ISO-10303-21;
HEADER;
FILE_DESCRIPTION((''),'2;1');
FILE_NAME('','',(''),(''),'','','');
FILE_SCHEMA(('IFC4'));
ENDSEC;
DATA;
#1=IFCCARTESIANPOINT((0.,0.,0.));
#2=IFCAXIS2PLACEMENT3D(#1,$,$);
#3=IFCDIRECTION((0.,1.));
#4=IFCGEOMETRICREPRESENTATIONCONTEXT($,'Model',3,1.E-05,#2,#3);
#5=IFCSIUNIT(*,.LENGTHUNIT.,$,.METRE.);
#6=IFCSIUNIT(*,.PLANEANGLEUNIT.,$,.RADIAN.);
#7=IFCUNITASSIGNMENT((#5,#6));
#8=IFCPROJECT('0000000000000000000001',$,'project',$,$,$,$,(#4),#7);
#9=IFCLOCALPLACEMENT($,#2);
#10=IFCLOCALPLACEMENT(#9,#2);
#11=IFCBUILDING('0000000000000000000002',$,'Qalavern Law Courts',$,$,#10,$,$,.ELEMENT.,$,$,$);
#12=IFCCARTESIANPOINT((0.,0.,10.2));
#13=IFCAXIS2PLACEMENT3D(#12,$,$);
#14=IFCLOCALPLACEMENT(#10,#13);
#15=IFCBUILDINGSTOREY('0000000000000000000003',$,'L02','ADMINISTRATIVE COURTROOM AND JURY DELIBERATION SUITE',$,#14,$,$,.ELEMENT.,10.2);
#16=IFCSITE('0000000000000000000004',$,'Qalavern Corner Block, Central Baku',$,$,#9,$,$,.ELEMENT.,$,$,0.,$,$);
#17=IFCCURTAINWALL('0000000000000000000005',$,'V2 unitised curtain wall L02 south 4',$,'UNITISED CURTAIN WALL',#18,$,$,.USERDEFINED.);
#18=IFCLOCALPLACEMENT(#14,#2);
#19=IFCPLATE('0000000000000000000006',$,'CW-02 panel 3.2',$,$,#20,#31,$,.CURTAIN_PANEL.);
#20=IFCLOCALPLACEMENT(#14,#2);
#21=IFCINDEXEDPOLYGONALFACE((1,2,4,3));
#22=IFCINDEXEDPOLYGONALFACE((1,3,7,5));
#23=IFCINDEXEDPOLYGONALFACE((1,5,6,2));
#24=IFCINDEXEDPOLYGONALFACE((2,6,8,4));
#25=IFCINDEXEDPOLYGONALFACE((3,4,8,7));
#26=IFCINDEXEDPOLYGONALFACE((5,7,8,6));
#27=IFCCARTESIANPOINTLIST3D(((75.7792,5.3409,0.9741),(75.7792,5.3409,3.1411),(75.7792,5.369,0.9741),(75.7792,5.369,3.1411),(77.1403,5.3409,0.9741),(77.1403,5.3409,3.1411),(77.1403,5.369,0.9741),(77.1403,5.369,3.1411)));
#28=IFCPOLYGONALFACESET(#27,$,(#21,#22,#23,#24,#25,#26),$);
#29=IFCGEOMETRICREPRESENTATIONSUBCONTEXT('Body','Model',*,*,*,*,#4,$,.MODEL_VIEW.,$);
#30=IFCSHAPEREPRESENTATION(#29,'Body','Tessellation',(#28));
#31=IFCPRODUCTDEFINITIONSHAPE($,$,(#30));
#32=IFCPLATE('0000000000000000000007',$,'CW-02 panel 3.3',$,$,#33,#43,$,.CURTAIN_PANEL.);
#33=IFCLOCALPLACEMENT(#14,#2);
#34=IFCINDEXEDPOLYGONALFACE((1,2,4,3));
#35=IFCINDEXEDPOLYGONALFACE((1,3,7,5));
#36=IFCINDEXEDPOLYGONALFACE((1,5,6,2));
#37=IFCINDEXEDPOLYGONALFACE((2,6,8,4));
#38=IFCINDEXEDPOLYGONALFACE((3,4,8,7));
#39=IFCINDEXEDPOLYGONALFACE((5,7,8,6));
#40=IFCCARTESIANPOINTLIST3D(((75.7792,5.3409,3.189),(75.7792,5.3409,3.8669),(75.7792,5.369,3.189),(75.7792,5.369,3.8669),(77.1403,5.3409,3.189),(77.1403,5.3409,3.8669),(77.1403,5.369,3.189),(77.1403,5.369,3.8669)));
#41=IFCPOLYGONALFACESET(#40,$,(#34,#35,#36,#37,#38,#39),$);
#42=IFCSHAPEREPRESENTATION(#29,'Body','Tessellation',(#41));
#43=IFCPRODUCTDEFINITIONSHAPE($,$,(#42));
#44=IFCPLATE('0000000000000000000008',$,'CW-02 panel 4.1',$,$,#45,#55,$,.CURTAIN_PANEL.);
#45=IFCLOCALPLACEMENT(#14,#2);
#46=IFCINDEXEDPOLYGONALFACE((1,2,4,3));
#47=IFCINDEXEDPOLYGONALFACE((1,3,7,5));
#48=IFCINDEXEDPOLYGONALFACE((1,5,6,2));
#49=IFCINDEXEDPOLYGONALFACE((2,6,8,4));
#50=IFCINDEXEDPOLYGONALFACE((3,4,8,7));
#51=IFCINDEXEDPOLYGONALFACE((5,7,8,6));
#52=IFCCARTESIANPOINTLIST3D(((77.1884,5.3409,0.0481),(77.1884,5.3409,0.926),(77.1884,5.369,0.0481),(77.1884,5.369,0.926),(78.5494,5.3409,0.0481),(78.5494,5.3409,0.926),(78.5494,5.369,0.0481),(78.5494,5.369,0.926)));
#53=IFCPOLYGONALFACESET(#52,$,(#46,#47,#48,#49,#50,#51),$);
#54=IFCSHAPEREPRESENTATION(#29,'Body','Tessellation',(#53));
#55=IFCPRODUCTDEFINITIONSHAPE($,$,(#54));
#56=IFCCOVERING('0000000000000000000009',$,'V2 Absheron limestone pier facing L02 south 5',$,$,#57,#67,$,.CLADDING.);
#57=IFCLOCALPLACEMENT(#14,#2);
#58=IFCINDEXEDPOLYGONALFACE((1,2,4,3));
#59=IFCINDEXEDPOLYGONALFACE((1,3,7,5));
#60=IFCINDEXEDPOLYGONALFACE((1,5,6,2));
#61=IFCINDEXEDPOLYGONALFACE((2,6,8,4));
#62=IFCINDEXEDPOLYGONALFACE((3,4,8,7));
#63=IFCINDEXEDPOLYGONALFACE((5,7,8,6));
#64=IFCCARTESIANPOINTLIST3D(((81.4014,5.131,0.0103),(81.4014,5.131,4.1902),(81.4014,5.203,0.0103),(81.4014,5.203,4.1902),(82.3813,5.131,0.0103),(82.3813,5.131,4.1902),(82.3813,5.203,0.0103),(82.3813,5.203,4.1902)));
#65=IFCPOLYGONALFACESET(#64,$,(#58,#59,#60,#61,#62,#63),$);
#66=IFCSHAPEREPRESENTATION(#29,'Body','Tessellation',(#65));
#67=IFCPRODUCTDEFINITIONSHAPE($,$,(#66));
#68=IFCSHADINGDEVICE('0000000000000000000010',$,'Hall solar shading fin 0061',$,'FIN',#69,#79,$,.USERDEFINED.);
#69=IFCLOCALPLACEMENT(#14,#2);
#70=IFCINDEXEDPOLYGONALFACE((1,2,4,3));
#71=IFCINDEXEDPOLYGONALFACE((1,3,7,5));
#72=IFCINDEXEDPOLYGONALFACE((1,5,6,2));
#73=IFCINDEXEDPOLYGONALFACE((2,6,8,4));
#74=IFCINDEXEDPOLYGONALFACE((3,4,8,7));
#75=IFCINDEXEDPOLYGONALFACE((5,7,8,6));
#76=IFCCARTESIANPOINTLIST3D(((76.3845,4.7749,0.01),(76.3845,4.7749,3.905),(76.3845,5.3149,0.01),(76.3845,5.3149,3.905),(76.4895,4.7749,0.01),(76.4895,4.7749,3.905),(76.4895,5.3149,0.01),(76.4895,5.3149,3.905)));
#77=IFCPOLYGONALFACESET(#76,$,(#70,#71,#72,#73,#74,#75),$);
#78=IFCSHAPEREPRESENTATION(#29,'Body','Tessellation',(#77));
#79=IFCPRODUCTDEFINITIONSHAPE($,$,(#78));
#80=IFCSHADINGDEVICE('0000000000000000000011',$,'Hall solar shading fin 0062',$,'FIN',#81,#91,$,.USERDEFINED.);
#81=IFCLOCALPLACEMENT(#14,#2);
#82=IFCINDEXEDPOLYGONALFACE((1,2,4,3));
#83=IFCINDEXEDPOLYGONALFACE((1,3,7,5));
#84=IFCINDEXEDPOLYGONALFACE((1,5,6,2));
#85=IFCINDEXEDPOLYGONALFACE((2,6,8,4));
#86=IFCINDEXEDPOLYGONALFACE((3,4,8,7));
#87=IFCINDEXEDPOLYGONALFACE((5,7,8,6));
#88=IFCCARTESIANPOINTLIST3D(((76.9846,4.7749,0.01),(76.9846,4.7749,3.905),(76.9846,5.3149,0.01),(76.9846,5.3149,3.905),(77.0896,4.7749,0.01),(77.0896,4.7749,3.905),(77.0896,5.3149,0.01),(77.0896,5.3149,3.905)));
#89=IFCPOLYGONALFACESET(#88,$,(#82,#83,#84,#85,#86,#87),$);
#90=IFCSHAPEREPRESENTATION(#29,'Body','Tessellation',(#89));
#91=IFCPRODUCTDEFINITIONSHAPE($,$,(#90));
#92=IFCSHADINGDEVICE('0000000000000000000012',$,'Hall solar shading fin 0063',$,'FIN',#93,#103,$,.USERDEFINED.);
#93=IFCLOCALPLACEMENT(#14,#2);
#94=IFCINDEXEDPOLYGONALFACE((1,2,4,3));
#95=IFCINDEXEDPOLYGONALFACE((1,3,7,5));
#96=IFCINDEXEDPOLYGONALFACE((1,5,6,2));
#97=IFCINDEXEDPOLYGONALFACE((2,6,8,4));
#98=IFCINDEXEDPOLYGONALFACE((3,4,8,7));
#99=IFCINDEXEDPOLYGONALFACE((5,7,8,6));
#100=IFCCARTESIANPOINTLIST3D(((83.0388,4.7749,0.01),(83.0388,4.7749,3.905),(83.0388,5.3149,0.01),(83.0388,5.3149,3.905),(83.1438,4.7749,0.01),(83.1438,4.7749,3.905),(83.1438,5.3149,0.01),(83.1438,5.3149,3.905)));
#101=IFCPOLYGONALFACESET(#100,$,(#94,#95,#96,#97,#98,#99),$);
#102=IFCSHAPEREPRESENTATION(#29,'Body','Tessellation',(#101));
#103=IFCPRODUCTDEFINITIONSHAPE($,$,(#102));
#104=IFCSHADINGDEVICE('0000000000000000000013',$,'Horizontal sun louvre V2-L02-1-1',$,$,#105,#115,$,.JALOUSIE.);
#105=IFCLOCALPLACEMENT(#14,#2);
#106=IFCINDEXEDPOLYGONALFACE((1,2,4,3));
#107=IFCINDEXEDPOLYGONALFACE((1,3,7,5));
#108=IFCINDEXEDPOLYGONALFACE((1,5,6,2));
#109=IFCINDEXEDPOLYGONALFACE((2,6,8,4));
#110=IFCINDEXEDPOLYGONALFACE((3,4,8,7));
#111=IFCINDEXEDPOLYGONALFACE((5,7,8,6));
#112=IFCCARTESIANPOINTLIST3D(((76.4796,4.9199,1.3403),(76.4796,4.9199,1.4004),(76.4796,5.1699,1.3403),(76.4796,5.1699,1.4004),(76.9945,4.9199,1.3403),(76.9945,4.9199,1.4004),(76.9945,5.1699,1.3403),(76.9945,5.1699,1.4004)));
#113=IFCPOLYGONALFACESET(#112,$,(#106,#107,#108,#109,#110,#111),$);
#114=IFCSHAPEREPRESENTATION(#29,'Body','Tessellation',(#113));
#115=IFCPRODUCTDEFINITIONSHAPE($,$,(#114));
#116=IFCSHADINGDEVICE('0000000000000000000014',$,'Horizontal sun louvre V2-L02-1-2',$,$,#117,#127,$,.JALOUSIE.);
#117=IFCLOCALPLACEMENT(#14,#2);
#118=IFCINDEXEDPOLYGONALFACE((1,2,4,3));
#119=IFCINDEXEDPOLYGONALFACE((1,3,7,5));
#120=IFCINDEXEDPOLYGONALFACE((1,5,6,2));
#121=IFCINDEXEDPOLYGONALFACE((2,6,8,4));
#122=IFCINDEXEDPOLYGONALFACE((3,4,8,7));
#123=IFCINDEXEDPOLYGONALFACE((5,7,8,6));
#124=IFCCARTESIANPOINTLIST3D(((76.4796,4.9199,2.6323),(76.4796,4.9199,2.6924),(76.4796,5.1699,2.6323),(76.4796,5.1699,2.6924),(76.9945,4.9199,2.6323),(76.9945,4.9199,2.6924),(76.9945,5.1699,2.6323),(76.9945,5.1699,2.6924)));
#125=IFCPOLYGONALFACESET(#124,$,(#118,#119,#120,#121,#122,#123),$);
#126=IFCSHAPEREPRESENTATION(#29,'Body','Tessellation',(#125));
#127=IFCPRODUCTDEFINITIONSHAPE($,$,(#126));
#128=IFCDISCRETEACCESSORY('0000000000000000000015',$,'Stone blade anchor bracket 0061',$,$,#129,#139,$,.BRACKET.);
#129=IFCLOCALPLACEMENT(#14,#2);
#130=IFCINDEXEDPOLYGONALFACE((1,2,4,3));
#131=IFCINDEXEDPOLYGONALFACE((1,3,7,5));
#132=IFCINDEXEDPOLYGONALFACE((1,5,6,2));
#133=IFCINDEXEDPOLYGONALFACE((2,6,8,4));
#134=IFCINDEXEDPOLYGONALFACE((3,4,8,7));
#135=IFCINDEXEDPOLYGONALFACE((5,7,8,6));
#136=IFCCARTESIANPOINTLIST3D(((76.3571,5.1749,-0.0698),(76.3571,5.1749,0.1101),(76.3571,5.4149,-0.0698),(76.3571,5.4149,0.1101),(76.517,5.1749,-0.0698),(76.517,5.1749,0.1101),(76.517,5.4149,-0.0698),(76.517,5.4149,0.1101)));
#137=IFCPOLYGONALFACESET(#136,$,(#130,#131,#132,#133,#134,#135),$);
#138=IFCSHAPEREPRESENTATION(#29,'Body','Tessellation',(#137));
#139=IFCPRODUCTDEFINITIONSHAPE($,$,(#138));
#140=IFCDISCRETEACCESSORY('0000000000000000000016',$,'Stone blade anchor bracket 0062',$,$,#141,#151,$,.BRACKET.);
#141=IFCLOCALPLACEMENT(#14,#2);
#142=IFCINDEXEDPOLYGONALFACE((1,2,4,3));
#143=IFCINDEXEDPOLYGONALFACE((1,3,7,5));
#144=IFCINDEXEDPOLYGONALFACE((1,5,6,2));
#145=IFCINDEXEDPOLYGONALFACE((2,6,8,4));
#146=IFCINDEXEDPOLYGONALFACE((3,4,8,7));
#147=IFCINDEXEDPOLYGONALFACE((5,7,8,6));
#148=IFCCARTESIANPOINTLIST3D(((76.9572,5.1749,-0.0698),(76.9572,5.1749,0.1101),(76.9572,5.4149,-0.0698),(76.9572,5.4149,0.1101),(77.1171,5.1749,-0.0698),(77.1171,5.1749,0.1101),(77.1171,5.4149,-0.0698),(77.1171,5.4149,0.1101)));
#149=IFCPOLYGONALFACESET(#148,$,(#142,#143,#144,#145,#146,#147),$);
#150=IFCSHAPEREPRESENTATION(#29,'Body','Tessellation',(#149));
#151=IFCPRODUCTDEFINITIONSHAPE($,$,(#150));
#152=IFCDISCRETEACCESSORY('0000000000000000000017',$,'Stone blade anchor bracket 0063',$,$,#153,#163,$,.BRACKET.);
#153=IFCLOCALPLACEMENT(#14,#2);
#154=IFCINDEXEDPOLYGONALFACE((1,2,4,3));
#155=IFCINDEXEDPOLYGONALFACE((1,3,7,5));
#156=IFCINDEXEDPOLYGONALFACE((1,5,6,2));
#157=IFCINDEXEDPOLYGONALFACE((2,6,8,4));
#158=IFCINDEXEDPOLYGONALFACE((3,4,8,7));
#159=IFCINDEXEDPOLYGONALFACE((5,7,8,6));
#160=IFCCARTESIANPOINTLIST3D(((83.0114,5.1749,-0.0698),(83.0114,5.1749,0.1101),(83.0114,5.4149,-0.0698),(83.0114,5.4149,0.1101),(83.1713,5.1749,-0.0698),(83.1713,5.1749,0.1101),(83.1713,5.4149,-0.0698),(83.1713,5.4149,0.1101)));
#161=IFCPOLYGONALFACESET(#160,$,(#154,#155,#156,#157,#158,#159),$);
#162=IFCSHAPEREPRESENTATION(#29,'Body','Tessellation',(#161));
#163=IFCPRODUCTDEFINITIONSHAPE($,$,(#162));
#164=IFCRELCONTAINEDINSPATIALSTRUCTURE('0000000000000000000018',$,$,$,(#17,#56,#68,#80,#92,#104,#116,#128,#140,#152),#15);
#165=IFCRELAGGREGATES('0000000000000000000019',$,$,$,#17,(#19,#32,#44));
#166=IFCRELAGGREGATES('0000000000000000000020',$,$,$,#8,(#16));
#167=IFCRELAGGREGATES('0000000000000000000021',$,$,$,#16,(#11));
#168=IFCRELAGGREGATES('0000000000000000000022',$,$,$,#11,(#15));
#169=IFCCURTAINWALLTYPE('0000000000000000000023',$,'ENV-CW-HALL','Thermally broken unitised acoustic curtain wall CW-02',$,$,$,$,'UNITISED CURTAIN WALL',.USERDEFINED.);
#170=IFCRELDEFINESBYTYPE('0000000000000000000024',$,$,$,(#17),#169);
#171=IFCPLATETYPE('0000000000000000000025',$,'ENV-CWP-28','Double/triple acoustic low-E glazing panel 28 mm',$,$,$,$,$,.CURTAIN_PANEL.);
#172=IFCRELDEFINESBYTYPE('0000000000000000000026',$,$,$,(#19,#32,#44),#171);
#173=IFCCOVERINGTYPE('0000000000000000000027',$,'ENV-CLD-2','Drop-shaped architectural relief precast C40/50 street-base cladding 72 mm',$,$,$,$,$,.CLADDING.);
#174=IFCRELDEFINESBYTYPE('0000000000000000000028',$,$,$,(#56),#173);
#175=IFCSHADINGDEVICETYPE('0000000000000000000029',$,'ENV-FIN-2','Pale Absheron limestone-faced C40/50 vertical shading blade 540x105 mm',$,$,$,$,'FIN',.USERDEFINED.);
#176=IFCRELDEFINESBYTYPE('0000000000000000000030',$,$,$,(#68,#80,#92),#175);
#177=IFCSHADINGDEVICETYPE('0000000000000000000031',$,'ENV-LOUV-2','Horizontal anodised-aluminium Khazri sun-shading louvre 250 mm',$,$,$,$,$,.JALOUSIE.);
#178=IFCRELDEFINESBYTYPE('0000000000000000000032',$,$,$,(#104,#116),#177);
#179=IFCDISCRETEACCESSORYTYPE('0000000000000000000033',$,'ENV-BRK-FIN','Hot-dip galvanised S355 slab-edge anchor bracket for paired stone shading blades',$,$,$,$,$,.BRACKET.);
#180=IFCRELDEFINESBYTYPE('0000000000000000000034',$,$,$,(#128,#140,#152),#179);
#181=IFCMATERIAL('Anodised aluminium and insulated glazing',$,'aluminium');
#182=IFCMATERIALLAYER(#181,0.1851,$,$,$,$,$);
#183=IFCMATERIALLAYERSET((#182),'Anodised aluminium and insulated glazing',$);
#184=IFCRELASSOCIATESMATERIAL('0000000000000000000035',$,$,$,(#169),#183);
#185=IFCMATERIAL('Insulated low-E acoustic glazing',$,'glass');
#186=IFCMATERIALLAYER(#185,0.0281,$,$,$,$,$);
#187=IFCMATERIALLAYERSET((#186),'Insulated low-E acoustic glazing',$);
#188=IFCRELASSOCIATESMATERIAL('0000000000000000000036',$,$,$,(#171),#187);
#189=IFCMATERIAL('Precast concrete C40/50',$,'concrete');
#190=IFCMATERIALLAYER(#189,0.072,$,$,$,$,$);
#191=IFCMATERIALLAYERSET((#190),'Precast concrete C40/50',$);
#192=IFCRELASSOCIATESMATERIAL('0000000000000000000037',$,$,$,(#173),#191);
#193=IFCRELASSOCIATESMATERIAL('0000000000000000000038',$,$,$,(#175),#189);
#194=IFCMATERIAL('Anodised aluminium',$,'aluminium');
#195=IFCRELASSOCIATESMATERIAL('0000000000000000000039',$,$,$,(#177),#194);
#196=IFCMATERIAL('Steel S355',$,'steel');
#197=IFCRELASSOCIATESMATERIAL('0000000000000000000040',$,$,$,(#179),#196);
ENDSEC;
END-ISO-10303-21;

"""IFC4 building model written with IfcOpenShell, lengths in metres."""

from ifc_helpers import new_model, si_unit, direction, frame, origin, origin_2d, place, context, subcontext, project, spatial, rectangle, extrude, material, layer, layer_set, type_object, element, aggregate, save


model = new_model("IFC4")

# Units and contexts
model_context = context("Model", 3, precision=1e-05, world=origin(), true_north=direction((0.0, 1.0)))
body_context = subcontext(model_context, "Body", "Model", "MODEL_VIEW")
ifc_project = project(units=[si_unit("LENGTHUNIT", "METRE"), si_unit("PLANEANGLEUNIT", "RADIAN")], contexts=[model_context])

# Site, building, storey
site_placement = place(None, origin())
site = spatial("IfcSite", under=ifc_project, at=site_placement, Name="Qalavern Corner Block, Central Baku", CompositionType="ELEMENT", RefElevation=0.0)
building_placement = place(site_placement, origin())
building = spatial("IfcBuilding", under=site, at=building_placement, Name="Qalavern Law Courts", CompositionType="ELEMENT")
storey_placement = place(building_placement, frame((0.0, 0.0, 10.2)))
storey = spatial("IfcBuildingStorey", under=building, at=storey_placement, Name="L02", Description="ADMINISTRATIVE COURTROOM AND JURY DELIBERATION SUITE", CompositionType="ELEMENT", Elevation=10.2)

# Curtain wall, plates
ifc_material_1 = material(Name="Anodised aluminium and insulated glazing", Category="aluminium")
ifc_layer_1 = layer(ifc_material_1, 0.1851)
ifc_layer_set_1 = layer_set([ifc_layer_1], Name="Anodised aluminium and insulated glazing")
curtain_wall_type = type_object("IfcCurtainWallType", Name="ENV-CW-HALL", Description="Thermally broken unitised acoustic curtain wall CW-02", ElementType="UNITISED CURTAIN WALL", PredefinedType="USERDEFINED", material=ifc_layer_set_1)
curtain_wall_placement = place(storey_placement, origin())
curtain_wall = element("IfcCurtainWall", 1, at=curtain_wall_placement, inside=storey, type_object=curtain_wall_type, Name="V2 unitised curtain wall L02 south 4", ObjectType="UNITISED CURTAIN WALL", PredefinedType="USERDEFINED")
ifc_material_2 = material(Name="Anodised aluminium", Category="aluminium")
ifc_material_3 = material(Name="Insulated low-E acoustic glazing", Category="glass")
ifc_layer_2 = layer(ifc_material_3, 0.0281)
ifc_layer_set_2 = layer_set([ifc_layer_2], Name="Insulated low-E acoustic glazing")
plate_type = type_object("IfcPlateType", Name="ENV-CWP-28", Description="Double/triple acoustic low-E glazing panel 28 mm", PredefinedType="CURTAIN_PANEL", material=ifc_layer_set_2)
plate_1_placement = place(storey_placement, frame((76.4597, 5.355, 0.9741), z_axis=(0.0, 0.0, 1.0), x_axis=(1.0, 0.0, 0.0)))
plate_1 = element("IfcPlate", 2, at=plate_1_placement, type_object=plate_type, Name="CW-02 panel 3.2", PredefinedType="CURTAIN_PANEL", context=body_context, shape_type="SweptSolid", body=[
    extrude(rectangle(XDim=1.3611, YDim=0.0281, at=origin_2d()), origin(), (0.0, 0.0, 1.0), 2.167),
])
plate_2_placement = place(storey_placement, frame((76.4597, 5.355, 3.189), z_axis=(0.0, 0.0, 1.0), x_axis=(1.0, 0.0, 0.0)))
plate_2 = element("IfcPlate", 3, at=plate_2_placement, type_object=plate_type, Name="CW-02 panel 3.3", PredefinedType="CURTAIN_PANEL", context=body_context, shape_type="SweptSolid", body=[
    extrude(rectangle(XDim=1.3611, YDim=0.0281, at=origin_2d()), origin(), (0.0, 0.0, 1.0), 0.678),
])
plate_3_placement = place(storey_placement, frame((77.8689, 5.355, 0.0481), z_axis=(0.0, 0.0, 1.0), x_axis=(1.0, 0.0, 0.0)))
plate_3 = element("IfcPlate", 4, at=plate_3_placement, type_object=plate_type, Name="CW-02 panel 4.1", PredefinedType="CURTAIN_PANEL", context=body_context, shape_type="SweptSolid", body=[
    extrude(rectangle(XDim=1.3611, YDim=0.0281, at=origin_2d()), origin(), (0.0, 0.0, 1.0), 0.8779),
])
aggregate(curtain_wall, [plate_1, plate_2, plate_3])

# Covering
ifc_material_4 = material(Name="Precast concrete C40/50", Category="concrete")
ifc_layer_3 = layer(ifc_material_4, 0.072)
ifc_layer_set_3 = layer_set([ifc_layer_3], Name="Precast concrete C40/50")
covering_type = type_object("IfcCoveringType", Name="ENV-CLD-2", Description="Drop-shaped architectural relief precast C40/50 street-base cladding 72 mm", PredefinedType="CLADDING", material=ifc_layer_set_3)
covering_placement = place(storey_placement, frame((81.8914, 5.167, 0.0103), z_axis=(0.0, 0.0, 1.0), x_axis=(1.0, 0.0, 0.0)))
element("IfcCovering", 5, at=covering_placement, inside=storey, type_object=covering_type, Name="V2 Absheron limestone pier facing L02 south 5", PredefinedType="CLADDING", context=body_context, shape_type="SweptSolid", body=[
    extrude(rectangle(XDim=0.98, YDim=0.072, at=origin_2d()), origin(), (0.0, 0.0, 1.0), 4.1799),
])

# Shading devices
shading_device_type_1 = type_object("IfcShadingDeviceType", Name="ENV-FIN-2", Description="Pale Absheron limestone-faced C40/50 vertical shading blade 540x105 mm", ElementType="FIN", PredefinedType="USERDEFINED", material=ifc_material_4)
for number, where, z_axis, x_axis, name in (
    (6, (76.437, 5.0449, 0.01), (0.0, 0.0, 1.0), (0.0, -1.0, 0.0), "Hall solar shading fin 0061"),
    (7, (77.0371, 5.0449, 0.01), (0.0, 0.0, 1.0), (0.0, -1.0, 0.0), "Hall solar shading fin 0062"),
    (8, (83.0913, 5.0449, 0.01), (0.0, 0.0, 1.0), (0.0, -1.0, 0.0), "Hall solar shading fin 0063"),
):
    element("IfcShadingDevice", number, at=place(storey_placement, frame(where, z_axis=z_axis, x_axis=x_axis)), inside=storey, type_object=shading_device_type_1, Name=name, ObjectType="FIN", PredefinedType="USERDEFINED", context=body_context, shape_type="SweptSolid", body=[
        extrude(rectangle(XDim=0.54, YDim=0.105, at=origin_2d()), origin(), (0.0, 0.0, 1.0), 3.895),
    ])
shading_device_type_2 = type_object("IfcShadingDeviceType", Name="ENV-LOUV-2", Description="Horizontal anodised-aluminium Khazri sun-shading louvre 250 mm", PredefinedType="JALOUSIE", material=ifc_material_2)
for number, where, z_axis, x_axis, name in (
    (9, (76.7371, 5.0449, 1.3403), (0.0, 0.0, 1.0), (1.0, 0.0, 0.0), "Horizontal sun louvre V2-L02-1-1"),
    (10, (76.7371, 5.0449, 2.6323), (0.0, 0.0, 1.0), (1.0, 0.0, 0.0), "Horizontal sun louvre V2-L02-1-2"),
):
    element("IfcShadingDevice", number, at=place(storey_placement, frame(where, z_axis=z_axis, x_axis=x_axis)), inside=storey, type_object=shading_device_type_2, Name=name, PredefinedType="JALOUSIE", context=body_context, shape_type="SweptSolid", body=[
        extrude(rectangle(XDim=0.5149, YDim=0.25, at=origin_2d()), origin(), (0.0, 0.0, 1.0), 0.0601),
    ])

# Discrete accessories
ifc_material_5 = material(Name="Steel S355", Category="steel")
discrete_accessory_type = type_object("IfcDiscreteAccessoryType", Name="ENV-BRK-FIN", Description="Hot-dip galvanised S355 slab-edge anchor bracket for paired stone shading blades", PredefinedType="BRACKET", material=ifc_material_5)
for number, where, z_axis, x_axis, name in (
    (11, (76.437, 5.2949, -0.0698), (0.0, 0.0, 1.0), (0.0, -1.0, 0.0), "Stone blade anchor bracket 0061"),
    (12, (77.0371, 5.2949, -0.0698), (0.0, 0.0, 1.0), (0.0, -1.0, 0.0), "Stone blade anchor bracket 0062"),
    (13, (83.0913, 5.2949, -0.0698), (0.0, 0.0, 1.0), (0.0, -1.0, 0.0), "Stone blade anchor bracket 0063"),
):
    element("IfcDiscreteAccessory", number, at=place(storey_placement, frame(where, z_axis=z_axis, x_axis=x_axis)), inside=storey, type_object=discrete_accessory_type, Name=name, PredefinedType="BRACKET", context=body_context, shape_type="SweptSolid", body=[
        extrude(rectangle(XDim=0.24, YDim=0.1599, at=origin_2d()), origin(), (0.0, 0.0, 1.0), 0.1799),
    ])

save(model, "model.ifc")
